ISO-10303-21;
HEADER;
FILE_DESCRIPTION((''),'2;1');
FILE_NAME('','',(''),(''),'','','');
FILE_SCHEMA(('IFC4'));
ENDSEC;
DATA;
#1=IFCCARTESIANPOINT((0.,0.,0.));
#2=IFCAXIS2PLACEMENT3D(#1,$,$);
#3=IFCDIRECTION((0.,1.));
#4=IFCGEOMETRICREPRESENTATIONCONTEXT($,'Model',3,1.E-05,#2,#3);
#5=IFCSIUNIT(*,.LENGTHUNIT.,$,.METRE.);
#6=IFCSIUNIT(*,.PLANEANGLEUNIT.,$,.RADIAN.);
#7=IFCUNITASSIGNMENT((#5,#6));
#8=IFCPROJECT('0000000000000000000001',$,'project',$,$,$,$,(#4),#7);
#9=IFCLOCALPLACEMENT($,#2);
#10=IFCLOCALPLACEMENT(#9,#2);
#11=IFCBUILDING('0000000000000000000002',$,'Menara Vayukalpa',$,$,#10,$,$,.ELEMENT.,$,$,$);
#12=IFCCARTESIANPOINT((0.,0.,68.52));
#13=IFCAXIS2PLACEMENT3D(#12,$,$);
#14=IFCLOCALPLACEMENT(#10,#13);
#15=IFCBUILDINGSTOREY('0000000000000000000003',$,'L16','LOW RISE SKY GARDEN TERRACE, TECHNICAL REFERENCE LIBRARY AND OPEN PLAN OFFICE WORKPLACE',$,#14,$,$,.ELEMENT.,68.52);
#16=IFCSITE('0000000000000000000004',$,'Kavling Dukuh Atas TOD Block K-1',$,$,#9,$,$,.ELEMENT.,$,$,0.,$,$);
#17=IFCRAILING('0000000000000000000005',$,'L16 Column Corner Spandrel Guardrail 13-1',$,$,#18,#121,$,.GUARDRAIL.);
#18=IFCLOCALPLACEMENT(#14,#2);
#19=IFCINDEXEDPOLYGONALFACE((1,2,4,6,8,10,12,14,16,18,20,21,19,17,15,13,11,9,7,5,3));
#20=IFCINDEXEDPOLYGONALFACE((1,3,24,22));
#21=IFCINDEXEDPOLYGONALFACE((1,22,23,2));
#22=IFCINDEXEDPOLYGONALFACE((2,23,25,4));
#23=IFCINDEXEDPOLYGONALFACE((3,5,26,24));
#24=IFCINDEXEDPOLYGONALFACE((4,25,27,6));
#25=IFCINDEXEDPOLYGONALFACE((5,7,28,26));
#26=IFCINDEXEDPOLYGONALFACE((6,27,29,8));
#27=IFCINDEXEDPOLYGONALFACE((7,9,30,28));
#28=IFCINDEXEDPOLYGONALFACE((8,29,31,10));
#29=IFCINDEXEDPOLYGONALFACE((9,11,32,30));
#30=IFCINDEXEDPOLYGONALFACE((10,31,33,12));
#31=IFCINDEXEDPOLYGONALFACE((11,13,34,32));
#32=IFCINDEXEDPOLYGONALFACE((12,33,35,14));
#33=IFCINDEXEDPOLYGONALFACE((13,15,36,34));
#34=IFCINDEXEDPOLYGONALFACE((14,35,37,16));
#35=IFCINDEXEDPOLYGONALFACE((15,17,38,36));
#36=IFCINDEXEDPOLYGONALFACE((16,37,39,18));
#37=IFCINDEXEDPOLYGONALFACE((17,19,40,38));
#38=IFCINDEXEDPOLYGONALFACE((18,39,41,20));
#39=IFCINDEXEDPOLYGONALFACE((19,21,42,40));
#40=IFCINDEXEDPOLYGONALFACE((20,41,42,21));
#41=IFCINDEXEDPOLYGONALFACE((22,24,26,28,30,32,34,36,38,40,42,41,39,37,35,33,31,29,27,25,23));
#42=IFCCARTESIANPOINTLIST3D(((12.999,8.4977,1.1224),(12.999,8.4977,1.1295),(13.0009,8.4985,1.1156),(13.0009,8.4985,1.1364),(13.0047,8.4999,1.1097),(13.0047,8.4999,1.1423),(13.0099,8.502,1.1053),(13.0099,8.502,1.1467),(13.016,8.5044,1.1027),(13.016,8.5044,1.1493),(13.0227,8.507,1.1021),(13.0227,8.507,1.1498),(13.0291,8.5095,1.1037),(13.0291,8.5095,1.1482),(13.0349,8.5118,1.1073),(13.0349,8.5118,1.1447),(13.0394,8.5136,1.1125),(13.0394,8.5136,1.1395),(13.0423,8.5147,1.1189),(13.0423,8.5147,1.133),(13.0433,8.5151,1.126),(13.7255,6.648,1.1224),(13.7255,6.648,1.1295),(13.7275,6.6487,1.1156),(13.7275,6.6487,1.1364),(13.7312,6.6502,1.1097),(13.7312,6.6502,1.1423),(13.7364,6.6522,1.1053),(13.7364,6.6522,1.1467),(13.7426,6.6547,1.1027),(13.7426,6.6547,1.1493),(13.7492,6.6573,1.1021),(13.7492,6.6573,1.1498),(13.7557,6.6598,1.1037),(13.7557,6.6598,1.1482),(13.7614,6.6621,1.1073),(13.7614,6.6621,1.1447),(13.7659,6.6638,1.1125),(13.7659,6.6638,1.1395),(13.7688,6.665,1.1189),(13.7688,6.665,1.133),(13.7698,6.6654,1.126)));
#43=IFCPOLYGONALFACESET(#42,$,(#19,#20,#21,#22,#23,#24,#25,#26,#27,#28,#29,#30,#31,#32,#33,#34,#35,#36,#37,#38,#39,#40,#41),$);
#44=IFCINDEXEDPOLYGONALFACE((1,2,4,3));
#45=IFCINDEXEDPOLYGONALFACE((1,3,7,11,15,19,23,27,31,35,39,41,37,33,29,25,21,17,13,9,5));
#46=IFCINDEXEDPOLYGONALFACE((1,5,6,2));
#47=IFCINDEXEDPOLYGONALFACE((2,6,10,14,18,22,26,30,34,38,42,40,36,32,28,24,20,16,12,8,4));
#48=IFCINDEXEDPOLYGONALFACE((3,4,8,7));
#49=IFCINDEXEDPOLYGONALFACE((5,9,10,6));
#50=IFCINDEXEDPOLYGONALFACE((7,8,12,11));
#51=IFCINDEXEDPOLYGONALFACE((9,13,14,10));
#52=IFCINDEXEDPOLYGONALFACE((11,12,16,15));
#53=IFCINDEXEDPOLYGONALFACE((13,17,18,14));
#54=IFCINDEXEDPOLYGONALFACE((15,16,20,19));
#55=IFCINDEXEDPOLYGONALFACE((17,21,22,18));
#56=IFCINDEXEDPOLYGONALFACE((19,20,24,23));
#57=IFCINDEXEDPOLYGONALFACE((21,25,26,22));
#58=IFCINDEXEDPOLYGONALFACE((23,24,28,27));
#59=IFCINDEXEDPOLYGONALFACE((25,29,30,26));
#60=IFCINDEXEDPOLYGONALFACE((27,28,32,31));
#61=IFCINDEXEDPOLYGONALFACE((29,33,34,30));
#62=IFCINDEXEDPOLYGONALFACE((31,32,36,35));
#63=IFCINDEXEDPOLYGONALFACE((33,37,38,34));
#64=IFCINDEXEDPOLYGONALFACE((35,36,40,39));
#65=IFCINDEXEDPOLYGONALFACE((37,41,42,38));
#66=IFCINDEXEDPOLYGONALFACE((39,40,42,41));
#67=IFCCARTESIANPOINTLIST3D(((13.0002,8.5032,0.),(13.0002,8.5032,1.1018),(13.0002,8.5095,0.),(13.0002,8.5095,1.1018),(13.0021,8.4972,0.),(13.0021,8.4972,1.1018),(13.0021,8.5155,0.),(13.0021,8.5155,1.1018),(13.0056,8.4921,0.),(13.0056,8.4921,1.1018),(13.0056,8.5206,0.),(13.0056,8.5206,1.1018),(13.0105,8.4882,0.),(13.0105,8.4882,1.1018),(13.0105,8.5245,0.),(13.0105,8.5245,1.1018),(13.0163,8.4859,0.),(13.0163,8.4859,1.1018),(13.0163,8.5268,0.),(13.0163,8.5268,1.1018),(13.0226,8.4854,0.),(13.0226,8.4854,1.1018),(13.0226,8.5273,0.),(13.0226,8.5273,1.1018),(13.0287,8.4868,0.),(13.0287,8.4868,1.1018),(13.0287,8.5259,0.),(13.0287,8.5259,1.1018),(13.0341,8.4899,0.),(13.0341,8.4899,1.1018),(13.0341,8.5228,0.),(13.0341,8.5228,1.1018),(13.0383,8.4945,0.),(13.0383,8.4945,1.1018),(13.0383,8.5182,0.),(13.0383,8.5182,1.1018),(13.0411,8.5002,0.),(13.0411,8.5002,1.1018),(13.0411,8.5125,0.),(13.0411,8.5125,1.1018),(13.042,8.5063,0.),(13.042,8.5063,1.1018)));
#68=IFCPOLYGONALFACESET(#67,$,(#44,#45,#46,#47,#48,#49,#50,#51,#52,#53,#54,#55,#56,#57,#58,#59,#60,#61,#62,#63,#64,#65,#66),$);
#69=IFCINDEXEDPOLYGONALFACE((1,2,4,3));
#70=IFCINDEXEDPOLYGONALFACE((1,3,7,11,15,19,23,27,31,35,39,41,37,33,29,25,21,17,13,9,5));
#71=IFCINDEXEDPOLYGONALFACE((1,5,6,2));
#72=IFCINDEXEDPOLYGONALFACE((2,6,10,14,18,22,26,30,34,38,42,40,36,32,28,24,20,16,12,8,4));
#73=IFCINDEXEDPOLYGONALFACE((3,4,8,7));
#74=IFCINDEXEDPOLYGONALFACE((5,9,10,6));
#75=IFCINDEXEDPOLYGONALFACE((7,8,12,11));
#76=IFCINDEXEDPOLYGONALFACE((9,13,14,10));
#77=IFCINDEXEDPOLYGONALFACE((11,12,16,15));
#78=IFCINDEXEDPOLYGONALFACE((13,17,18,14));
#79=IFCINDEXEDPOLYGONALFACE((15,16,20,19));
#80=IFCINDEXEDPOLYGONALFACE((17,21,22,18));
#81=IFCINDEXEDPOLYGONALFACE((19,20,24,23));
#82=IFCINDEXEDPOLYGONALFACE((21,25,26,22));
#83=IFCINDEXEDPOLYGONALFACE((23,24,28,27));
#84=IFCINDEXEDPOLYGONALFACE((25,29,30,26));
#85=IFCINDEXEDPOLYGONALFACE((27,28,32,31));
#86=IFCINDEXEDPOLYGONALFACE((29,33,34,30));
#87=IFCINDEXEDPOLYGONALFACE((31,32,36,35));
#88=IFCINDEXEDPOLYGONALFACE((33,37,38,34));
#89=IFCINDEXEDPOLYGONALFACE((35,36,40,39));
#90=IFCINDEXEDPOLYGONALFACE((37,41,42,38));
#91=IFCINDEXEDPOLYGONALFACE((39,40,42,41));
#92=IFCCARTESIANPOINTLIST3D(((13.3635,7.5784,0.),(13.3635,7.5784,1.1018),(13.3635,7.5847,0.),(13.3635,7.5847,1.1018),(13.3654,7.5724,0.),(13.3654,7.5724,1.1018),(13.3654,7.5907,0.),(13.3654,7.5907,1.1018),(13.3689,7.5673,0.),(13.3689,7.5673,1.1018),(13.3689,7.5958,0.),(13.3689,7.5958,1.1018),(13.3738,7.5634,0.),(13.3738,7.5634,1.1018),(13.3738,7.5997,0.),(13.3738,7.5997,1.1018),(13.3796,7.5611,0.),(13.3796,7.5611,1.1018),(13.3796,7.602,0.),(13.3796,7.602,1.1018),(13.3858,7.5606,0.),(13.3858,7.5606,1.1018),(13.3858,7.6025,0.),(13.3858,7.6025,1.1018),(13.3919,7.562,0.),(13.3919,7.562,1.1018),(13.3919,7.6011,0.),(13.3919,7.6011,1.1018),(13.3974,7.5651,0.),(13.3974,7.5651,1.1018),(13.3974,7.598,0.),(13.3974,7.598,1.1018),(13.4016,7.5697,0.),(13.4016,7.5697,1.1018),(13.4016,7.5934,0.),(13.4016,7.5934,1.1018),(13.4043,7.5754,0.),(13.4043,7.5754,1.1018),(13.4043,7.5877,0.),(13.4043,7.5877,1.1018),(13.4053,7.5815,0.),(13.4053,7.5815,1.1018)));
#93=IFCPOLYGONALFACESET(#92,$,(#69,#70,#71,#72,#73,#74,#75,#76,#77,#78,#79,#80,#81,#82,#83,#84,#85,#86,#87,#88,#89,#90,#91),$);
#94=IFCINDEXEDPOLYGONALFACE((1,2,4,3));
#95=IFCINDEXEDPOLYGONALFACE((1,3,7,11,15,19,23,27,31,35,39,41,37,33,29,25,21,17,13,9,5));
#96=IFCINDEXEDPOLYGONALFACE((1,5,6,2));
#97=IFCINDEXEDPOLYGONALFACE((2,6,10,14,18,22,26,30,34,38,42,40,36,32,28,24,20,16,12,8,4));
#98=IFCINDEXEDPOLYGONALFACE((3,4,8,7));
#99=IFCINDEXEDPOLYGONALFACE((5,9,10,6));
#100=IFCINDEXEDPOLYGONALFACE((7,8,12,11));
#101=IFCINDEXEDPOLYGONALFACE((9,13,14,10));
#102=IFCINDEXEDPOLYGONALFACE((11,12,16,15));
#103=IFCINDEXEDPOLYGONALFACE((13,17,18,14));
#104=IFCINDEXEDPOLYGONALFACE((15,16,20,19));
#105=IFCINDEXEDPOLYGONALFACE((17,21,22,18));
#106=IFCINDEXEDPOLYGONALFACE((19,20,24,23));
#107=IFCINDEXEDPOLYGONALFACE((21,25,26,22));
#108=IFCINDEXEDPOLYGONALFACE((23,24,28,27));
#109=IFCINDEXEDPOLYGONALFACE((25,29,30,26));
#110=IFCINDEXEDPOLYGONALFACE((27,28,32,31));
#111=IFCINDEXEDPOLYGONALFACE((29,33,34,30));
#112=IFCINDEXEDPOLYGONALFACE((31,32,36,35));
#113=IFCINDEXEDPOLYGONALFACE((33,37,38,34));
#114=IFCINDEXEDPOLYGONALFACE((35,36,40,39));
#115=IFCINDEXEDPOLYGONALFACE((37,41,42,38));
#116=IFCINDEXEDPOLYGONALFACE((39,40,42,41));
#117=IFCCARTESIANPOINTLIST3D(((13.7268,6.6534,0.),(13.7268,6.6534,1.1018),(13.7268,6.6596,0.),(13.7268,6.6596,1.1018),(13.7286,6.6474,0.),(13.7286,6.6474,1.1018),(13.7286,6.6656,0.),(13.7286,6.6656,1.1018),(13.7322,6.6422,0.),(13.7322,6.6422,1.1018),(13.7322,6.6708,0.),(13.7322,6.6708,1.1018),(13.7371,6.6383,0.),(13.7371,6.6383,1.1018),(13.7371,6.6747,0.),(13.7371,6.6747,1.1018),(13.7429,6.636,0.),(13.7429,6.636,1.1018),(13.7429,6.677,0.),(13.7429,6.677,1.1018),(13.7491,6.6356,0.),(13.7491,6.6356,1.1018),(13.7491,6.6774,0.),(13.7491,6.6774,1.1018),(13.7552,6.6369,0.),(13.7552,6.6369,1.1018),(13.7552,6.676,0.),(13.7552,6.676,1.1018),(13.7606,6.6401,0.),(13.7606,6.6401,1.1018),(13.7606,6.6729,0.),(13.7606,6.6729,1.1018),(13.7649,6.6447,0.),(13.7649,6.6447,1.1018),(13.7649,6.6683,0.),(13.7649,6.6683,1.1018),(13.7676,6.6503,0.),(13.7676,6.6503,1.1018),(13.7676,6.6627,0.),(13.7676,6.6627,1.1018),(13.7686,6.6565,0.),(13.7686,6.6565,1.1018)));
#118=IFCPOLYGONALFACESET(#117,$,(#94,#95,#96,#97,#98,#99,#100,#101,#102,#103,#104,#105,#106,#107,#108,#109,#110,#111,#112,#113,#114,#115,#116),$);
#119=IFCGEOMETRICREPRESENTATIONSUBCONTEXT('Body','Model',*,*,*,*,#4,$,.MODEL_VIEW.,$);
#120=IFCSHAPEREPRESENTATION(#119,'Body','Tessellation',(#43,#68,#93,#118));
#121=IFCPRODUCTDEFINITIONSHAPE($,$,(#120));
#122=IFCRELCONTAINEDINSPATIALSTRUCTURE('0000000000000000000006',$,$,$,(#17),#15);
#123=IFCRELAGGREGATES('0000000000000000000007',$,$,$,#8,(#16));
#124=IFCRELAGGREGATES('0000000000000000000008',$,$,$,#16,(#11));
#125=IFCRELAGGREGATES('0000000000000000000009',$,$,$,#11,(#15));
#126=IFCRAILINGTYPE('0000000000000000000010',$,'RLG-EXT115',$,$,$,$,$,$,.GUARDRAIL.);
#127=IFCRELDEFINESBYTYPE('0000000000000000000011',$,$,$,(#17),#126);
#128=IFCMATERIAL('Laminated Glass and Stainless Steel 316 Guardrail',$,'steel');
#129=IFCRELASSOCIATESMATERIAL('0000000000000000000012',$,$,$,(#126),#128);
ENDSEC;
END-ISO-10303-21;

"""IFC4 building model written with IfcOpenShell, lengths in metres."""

from ifc_helpers import new_model, si_unit, direction, frame, origin, origin_2d, place, context, subcontext, project, spatial, circle, extrude, material, type_object, element, save


model = new_model("IFC4")

# Units and contexts
model_context = context("Model", 3, precision=1e-05, world=origin(), true_north=direction((0.0, 1.0)))
body_context = subcontext(model_context, "Body", "Model", "MODEL_VIEW")
ifc_project = project(units=[si_unit("LENGTHUNIT", "METRE"), si_unit("PLANEANGLEUNIT", "RADIAN")], contexts=[model_context])

# Site, building, storey
site_placement = place(None, origin())
site = spatial("IfcSite", under=ifc_project, at=site_placement, Name="Kavling Dukuh Atas TOD Block K-1", CompositionType="ELEMENT", RefElevation=0.0)
building_placement = place(site_placement, origin())
building = spatial("IfcBuilding", under=site, at=building_placement, Name="Menara Vayukalpa", CompositionType="ELEMENT")
storey_placement = place(building_placement, frame((0.0, 0.0, 68.52)))
storey = spatial("IfcBuildingStorey", under=building, at=storey_placement, Name="L16", Description="LOW RISE SKY GARDEN TERRACE, TECHNICAL REFERENCE LIBRARY AND OPEN PLAN OFFICE WORKPLACE", CompositionType="ELEMENT", Elevation=68.52)

# Railing
ifc_material_1 = material(Name="Laminated Glass and Stainless Steel 316 Guardrail", Category="steel")
railing_type = type_object("IfcRailingType", Name="RLG-EXT115", PredefinedType="GUARDRAIL", material=ifc_material_1)
railing_1_placement = place(storey_placement, frame((13.021, 8.5063, 0.0)))
element("IfcRailing", 1, at=railing_1_placement, inside=storey, type_object=railing_type, Name="L16 Column Corner Spandrel Guardrail 13-1", PredefinedType="GUARDRAIL", context=body_context, shape_type="SweptSolid", body=[
    extrude(circle(Radius=0.0239, at=origin_2d()), frame((0.0, 0.0, 1.126), z_axis=(0.36558, -0.93078, 0.0), x_axis=(0.93078, 0.36558, 0.0)), (0.0, 0.0, 1.0), 1.9873),
    extrude(circle(Radius=0.021, at=origin_2d()), origin(), (0.0, 0.0, 1.0), 1.1018),
    extrude(circle(Radius=0.021, at=origin_2d()), frame((0.3633, -0.9248, 0.0)), (0.0, 0.0, 1.0), 1.1018),
    extrude(circle(Radius=0.021, at=origin_2d()), frame((0.7266, -1.8499, 0.0)), (0.0, 0.0, 1.0), 1.1018),
])

save(model, "model.ifc")
